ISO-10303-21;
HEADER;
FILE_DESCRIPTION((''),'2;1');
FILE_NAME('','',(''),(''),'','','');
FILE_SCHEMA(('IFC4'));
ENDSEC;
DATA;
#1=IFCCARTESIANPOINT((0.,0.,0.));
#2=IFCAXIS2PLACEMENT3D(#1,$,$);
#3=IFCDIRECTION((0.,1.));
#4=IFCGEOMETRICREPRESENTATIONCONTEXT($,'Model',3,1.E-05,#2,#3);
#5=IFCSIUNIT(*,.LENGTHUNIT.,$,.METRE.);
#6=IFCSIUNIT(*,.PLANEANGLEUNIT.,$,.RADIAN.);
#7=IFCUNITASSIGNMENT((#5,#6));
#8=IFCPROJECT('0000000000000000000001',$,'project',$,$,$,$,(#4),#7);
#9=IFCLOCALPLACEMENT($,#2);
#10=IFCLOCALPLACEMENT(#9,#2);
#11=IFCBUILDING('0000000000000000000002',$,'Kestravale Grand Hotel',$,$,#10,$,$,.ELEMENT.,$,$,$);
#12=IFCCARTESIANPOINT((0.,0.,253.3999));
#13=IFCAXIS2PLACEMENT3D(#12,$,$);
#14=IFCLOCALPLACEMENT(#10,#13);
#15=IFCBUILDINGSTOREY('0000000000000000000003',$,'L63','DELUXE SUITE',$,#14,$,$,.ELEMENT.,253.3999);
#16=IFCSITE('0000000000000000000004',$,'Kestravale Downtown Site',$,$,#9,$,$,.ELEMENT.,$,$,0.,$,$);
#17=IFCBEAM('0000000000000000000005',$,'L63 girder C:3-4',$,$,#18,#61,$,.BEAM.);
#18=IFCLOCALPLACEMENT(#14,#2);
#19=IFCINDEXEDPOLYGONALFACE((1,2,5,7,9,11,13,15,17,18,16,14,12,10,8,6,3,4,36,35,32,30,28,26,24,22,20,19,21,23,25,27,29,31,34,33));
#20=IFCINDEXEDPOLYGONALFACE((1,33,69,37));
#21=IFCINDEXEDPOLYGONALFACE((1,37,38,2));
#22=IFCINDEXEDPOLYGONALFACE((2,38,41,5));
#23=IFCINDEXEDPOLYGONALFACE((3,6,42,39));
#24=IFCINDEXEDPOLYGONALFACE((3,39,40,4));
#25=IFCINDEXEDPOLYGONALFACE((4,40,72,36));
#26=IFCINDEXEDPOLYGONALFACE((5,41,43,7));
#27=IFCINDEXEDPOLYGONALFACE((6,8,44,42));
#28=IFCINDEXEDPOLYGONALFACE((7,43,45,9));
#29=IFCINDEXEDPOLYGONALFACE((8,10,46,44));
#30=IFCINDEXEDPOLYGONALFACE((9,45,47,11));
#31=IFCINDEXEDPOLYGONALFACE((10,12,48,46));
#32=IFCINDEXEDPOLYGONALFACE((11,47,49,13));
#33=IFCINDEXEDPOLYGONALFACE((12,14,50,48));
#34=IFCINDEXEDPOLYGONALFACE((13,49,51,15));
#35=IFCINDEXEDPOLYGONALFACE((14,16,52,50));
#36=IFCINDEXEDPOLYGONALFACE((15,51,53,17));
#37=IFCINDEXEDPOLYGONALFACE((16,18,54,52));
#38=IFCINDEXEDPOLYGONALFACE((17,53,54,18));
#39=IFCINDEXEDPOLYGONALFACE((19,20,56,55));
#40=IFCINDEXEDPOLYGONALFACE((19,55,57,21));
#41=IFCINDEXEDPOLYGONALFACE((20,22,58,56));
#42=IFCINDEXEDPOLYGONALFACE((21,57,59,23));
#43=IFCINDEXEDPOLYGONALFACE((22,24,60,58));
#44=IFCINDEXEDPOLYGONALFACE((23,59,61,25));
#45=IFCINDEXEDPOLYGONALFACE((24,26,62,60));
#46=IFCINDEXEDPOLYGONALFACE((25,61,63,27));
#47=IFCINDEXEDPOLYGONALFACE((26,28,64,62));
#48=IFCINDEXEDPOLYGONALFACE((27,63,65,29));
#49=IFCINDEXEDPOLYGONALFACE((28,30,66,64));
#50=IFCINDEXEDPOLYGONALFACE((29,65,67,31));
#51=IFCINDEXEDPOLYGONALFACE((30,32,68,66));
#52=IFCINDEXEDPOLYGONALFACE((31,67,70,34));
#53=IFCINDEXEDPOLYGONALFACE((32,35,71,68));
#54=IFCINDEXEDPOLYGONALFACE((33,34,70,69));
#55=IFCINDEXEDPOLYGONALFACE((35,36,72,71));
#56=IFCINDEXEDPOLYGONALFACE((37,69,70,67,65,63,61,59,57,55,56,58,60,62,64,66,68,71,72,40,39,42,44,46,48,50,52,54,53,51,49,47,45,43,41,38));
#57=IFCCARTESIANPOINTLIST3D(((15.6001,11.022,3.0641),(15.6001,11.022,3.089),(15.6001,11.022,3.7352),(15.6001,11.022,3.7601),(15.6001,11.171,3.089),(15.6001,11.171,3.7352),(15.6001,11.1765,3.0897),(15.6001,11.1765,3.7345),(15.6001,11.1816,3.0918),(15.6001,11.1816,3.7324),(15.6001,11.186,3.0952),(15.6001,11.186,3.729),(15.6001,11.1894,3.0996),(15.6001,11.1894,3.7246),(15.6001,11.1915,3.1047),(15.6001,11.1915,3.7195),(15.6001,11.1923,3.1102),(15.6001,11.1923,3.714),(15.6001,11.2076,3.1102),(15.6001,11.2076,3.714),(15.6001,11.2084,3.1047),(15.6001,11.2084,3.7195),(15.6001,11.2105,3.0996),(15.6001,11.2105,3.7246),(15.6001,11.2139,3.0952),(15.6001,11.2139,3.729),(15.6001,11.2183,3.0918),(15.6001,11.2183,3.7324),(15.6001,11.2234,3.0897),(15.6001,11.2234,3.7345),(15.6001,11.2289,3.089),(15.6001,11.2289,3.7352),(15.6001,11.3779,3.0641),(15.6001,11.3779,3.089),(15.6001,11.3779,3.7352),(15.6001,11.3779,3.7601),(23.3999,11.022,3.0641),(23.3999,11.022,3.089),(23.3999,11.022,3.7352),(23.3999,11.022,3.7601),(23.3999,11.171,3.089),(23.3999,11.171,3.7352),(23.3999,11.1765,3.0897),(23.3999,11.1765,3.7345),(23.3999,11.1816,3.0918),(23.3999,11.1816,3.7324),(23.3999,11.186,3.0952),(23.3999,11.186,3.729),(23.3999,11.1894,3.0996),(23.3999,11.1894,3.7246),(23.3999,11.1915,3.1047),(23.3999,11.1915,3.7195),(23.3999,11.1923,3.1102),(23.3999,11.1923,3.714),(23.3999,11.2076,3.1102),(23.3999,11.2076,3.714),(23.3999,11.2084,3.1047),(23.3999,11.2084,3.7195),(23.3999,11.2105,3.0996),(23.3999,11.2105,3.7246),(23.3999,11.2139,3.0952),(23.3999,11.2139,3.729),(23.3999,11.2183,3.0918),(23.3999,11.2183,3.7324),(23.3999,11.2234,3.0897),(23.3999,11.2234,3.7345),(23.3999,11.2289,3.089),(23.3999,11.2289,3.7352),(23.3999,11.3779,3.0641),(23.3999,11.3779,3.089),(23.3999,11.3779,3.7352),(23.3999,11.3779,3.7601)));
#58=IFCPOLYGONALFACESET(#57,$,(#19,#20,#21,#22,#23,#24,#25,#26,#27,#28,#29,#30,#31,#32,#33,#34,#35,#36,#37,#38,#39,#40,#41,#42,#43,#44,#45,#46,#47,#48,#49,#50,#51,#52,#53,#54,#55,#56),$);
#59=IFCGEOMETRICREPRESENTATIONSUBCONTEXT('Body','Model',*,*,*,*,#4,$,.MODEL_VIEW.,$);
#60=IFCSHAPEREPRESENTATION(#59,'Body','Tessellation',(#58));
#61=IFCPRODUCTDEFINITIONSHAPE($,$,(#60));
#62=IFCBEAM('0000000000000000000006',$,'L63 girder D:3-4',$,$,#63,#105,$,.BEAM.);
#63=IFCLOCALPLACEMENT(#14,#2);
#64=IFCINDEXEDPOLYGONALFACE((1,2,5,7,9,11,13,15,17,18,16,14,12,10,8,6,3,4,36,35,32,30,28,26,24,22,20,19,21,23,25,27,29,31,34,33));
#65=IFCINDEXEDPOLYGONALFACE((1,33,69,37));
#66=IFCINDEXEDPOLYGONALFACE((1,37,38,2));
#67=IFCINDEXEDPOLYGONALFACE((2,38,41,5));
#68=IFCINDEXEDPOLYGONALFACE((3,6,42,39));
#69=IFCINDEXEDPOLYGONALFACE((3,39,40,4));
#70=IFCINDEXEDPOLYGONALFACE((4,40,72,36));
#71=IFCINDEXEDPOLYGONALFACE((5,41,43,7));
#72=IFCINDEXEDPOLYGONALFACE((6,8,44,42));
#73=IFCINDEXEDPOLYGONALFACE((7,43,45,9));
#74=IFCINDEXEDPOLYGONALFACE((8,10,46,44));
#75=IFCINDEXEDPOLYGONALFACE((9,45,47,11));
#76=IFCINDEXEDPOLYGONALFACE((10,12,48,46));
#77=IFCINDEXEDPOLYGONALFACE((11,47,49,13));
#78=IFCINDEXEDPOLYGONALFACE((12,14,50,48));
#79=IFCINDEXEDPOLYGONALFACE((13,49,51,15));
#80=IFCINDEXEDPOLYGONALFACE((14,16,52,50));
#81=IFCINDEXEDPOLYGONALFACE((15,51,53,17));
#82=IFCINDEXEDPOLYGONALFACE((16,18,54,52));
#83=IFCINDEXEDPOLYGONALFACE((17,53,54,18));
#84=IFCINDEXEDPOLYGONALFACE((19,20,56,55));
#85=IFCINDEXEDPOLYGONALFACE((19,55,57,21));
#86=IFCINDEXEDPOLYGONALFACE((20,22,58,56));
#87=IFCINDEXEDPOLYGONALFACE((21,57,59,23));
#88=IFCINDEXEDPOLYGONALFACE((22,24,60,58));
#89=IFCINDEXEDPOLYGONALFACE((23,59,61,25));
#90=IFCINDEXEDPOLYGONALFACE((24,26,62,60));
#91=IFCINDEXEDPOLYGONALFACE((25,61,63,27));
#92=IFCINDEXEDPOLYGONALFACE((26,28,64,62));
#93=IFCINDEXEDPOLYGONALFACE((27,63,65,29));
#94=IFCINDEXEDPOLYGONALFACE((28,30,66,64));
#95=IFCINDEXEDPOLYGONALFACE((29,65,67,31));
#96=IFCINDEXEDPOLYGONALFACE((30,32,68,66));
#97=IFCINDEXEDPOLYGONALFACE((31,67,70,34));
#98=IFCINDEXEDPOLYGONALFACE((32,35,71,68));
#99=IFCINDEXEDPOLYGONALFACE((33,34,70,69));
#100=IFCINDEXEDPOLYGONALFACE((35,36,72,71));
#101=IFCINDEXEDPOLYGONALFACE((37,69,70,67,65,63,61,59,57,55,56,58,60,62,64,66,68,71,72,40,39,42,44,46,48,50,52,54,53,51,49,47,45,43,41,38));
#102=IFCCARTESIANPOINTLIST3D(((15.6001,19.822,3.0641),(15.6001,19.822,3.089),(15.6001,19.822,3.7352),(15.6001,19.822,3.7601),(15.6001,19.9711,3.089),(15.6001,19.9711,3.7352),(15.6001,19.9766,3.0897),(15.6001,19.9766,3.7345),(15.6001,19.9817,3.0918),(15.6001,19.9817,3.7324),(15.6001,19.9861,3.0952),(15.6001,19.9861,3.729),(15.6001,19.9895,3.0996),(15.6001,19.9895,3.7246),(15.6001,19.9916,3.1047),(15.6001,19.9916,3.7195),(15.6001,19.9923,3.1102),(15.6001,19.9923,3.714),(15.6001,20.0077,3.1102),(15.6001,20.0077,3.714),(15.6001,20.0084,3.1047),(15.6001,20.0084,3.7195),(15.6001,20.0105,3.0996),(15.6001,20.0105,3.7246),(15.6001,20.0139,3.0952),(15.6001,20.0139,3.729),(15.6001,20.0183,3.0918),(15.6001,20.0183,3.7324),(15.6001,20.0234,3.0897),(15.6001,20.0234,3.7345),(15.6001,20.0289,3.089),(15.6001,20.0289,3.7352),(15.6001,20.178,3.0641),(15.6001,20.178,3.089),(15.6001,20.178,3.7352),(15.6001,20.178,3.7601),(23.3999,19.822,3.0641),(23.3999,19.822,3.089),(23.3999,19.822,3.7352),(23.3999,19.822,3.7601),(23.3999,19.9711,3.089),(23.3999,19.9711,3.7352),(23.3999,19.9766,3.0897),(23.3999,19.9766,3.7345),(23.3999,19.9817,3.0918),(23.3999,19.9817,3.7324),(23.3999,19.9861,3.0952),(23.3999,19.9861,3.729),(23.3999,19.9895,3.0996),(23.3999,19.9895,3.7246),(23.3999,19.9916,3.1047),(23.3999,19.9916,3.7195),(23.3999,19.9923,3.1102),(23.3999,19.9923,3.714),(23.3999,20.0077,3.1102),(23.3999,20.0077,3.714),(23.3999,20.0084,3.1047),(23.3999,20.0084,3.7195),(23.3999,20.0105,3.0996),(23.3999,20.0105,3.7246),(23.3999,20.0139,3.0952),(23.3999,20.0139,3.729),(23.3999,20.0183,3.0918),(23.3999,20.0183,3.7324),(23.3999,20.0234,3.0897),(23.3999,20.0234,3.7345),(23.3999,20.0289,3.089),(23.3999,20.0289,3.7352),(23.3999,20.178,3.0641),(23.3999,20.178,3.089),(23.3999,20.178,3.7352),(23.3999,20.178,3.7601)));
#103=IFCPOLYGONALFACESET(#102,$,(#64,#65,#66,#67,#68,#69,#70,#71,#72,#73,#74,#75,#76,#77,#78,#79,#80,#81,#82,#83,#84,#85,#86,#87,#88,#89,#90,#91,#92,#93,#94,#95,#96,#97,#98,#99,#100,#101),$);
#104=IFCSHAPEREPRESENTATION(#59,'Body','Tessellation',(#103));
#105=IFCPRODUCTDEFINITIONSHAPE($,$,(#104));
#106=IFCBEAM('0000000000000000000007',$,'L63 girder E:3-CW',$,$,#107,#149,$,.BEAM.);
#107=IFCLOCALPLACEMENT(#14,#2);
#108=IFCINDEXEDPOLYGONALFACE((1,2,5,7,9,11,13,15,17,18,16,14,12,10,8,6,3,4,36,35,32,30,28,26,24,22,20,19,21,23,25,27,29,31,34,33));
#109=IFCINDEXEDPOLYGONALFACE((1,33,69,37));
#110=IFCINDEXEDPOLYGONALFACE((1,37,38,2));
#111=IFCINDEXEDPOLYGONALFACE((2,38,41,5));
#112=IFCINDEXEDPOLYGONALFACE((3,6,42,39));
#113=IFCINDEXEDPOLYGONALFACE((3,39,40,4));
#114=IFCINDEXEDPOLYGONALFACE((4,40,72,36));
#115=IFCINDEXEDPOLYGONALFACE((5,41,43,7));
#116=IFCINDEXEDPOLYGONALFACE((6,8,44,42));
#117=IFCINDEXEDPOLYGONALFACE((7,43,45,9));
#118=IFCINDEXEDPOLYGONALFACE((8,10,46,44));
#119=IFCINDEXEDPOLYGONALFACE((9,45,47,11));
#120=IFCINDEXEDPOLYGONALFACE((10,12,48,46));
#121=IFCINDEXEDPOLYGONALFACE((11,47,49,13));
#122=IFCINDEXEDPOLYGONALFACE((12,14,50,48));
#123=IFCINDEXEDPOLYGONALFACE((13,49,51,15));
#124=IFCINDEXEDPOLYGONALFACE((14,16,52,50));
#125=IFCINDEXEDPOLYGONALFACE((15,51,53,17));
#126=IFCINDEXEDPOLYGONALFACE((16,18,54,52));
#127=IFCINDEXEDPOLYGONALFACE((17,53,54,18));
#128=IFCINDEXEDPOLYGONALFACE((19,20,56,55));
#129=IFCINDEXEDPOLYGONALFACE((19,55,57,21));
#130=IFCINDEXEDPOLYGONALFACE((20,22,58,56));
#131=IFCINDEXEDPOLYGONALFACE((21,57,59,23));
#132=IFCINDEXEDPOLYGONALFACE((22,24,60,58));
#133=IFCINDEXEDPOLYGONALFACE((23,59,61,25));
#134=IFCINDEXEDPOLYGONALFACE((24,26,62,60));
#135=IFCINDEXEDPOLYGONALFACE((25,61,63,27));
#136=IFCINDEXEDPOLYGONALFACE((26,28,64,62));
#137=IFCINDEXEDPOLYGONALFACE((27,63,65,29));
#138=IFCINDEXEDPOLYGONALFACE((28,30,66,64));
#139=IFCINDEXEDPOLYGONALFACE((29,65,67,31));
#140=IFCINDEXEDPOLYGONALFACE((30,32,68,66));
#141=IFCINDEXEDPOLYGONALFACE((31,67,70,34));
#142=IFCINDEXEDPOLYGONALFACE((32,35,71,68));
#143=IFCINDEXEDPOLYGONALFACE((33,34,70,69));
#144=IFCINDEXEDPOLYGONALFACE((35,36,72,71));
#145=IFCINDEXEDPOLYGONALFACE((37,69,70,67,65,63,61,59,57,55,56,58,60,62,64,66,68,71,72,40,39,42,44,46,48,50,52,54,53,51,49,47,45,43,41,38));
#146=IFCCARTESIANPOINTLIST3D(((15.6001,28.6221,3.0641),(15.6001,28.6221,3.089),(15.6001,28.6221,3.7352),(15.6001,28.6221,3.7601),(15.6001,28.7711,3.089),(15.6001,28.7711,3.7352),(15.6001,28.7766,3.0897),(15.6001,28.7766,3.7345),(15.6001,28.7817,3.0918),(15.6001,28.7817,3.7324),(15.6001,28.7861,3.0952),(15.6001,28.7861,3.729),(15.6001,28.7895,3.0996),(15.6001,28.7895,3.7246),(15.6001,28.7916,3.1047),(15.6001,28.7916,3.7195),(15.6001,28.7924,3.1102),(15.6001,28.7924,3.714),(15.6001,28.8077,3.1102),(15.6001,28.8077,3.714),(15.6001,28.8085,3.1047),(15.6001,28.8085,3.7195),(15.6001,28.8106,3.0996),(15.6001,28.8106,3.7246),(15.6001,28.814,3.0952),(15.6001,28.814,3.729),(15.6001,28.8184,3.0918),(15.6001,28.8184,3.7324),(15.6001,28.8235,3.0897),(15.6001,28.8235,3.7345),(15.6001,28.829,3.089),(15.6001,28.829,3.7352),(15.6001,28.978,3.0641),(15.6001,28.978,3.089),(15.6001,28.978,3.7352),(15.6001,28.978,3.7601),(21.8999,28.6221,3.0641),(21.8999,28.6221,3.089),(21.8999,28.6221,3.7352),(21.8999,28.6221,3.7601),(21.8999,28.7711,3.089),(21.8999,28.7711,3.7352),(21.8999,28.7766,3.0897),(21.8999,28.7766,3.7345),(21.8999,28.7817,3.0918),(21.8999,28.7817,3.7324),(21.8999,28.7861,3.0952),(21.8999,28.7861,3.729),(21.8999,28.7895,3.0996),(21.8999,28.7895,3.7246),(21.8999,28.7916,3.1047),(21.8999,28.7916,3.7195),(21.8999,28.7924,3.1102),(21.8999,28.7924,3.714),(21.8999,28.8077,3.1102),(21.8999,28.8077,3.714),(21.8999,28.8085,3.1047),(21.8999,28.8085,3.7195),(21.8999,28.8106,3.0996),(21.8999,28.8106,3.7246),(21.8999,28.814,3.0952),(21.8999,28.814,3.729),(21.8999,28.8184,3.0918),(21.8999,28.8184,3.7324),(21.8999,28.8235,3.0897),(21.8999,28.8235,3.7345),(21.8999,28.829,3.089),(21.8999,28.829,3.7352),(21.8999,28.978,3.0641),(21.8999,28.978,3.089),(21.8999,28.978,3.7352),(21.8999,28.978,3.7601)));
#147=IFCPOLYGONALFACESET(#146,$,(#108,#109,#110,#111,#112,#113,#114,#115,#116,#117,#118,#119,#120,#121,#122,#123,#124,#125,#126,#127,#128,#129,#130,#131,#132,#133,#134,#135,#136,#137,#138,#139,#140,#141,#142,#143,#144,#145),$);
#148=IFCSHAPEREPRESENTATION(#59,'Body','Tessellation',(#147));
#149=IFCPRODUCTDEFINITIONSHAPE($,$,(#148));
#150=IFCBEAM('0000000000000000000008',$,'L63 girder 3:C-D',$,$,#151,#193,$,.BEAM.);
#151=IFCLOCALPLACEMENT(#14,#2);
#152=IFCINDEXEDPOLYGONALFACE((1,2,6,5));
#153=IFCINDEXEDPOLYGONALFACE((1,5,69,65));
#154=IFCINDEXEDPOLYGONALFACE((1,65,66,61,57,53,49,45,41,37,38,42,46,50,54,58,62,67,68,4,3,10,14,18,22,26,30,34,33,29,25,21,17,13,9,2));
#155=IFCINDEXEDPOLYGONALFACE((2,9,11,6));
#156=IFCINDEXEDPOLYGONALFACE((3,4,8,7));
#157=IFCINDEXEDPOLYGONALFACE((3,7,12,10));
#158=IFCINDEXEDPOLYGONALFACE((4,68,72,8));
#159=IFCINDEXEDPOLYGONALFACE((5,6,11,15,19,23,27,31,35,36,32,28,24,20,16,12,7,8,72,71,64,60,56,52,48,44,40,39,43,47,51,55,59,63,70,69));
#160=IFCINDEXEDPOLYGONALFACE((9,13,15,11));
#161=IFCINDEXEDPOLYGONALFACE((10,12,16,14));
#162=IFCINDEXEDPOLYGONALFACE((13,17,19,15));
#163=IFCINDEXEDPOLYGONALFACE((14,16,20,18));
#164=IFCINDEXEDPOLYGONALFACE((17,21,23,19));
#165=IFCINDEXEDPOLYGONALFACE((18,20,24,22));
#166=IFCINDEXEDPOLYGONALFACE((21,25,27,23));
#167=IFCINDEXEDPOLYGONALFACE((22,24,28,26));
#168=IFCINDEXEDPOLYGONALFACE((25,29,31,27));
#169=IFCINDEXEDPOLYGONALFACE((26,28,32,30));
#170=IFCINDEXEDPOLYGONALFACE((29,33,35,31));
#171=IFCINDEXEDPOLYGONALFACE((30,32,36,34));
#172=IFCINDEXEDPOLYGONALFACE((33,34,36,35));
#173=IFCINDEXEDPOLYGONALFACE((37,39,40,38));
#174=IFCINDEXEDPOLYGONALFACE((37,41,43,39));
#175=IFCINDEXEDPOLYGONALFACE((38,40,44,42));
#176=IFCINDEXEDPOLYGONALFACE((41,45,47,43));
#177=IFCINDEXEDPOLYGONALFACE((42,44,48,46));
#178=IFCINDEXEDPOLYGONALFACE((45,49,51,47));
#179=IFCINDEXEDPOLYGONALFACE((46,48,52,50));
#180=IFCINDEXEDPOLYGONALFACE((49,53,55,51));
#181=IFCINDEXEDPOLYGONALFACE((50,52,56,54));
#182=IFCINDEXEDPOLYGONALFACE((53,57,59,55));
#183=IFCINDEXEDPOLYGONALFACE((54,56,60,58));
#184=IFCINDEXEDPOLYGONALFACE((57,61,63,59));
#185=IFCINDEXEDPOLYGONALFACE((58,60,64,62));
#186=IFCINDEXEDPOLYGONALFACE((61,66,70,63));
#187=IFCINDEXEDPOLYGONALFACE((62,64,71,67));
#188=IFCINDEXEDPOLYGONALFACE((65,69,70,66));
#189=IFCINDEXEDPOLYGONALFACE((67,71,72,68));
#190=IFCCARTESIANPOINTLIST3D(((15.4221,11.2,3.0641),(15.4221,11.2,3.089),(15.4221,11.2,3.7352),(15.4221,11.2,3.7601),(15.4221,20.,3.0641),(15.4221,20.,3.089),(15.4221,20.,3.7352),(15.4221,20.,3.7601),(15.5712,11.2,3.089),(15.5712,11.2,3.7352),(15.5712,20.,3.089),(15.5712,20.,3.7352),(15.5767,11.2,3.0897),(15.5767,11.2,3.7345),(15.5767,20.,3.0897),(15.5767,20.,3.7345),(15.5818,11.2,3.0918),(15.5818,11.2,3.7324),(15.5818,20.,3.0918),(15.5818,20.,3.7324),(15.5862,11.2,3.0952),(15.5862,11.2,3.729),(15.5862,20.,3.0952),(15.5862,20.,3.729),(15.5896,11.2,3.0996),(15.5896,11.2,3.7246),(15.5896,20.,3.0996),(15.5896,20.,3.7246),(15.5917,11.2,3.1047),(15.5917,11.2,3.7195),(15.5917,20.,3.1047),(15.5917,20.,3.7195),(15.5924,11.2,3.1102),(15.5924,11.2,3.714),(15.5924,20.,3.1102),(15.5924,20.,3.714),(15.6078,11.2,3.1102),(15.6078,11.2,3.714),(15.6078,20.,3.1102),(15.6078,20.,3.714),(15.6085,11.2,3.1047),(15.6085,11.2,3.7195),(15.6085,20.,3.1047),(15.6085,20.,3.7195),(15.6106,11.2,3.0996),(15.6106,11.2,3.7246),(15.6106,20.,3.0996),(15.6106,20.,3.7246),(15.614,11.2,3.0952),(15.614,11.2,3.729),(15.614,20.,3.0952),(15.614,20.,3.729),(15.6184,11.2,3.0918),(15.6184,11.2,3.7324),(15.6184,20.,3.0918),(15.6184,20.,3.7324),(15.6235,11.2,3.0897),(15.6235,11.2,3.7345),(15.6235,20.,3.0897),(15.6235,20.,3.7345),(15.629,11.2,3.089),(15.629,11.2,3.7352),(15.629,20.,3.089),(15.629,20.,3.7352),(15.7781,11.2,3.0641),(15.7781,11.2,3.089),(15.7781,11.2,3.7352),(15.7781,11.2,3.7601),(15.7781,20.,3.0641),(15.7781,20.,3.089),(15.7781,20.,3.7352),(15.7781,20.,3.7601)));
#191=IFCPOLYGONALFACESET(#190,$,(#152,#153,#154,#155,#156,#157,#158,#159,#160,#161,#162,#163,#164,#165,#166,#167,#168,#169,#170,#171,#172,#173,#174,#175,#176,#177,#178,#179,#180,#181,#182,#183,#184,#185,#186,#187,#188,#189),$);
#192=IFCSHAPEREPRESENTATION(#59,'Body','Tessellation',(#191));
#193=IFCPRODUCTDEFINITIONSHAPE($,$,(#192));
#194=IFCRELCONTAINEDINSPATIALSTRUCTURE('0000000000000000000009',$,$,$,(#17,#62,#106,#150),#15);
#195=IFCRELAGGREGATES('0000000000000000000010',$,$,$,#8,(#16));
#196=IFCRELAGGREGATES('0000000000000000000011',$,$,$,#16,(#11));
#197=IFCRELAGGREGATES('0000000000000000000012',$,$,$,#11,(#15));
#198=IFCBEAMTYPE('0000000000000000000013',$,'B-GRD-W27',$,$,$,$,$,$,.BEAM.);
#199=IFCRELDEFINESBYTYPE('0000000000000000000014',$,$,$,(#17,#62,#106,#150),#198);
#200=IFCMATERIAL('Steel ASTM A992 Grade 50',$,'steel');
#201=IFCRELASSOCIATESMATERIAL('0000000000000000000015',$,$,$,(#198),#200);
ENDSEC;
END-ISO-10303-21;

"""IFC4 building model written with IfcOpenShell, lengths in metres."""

from ifc_helpers import new_model, si_unit, direction, frame, origin, origin_2d, place, context, subcontext, project, spatial, i_section, extrude, material, material_profile, profile_set, type_object, element, save


model = new_model("IFC4")

# Units and contexts
model_context = context("Model", 3, precision=1e-05, world=origin(), true_north=direction((0.0, 1.0)))
body_context = subcontext(model_context, "Body", "Model", "MODEL_VIEW")
ifc_project = project(units=[si_unit("LENGTHUNIT", "METRE"), si_unit("PLANEANGLEUNIT", "RADIAN")], contexts=[model_context])

# Site, building, storey
site_placement = place(None, origin())
site = spatial("IfcSite", under=ifc_project, at=site_placement, Name="Kestravale Downtown Site", CompositionType="ELEMENT", RefElevation=0.0)
building_placement = place(site_placement, origin())
building = spatial("IfcBuilding", under=site, at=building_placement, Name="Kestravale Grand Hotel", CompositionType="ELEMENT")
storey_placement = place(building_placement, frame((0.0, 0.0, 253.3999)))
storey = spatial("IfcBuildingStorey", under=building, at=storey_placement, Name="L63", Description="DELUXE SUITE", CompositionType="ELEMENT", Elevation=253.3999)

# Beams
ifc_material_1 = material(Name="Steel ASTM A992 Grade 50", Category="steel")
ifc_material_profile_1 = material_profile(ifc_material_1, i_section(OverallWidth=0.356, OverallDepth=0.696, WebThickness=0.0154, FlangeThickness=0.0249, FilletRadius=0.0212, at=origin_2d()))
ifc_profile_set_1 = profile_set([ifc_material_profile_1], Name="Steel ASTM A992 Grade 50")
beam_type_1 = type_object("IfcBeamType", Name="B-GRD-W27", PredefinedType="BEAM", material=ifc_profile_set_1)
for number, where, z_axis, x_axis, name in (
    (1, (15.6001, 11.2, 3.4121), (1.0, 0.0, 0.0), (0.0, 1.0, 0.0), "L63 girder C:3-4"),
    (2, (15.6001, 20.0, 3.4121), (1.0, 0.0, 0.0), (0.0, 1.0, 0.0), "L63 girder D:3-4"),
):
    element("IfcBeam", number, at=place(storey_placement, frame(where, z_axis=z_axis, x_axis=x_axis)), inside=storey, type_object=beam_type_1, Name=name, PredefinedType="BEAM", context=body_context, shape_type="SweptSolid", body=[
        extrude(i_section(OverallWidth=0.356, OverallDepth=0.696, WebThickness=0.0154, FlangeThickness=0.0249, FilletRadius=0.0212, at=origin_2d()), origin(), (0.0, 0.0, 1.0), 7.7998),
    ])
beam_1_placement = place(storey_placement, frame((15.6001, 28.8, 3.4121), z_axis=(1.0, 0.0, 0.0), x_axis=(0.0, 1.0, 0.0)))
element("IfcBeam", 3, at=beam_1_placement, inside=storey, type_object=beam_type_1, Name="L63 girder E:3-CW", PredefinedType="BEAM", context=body_context, shape_type="SweptSolid", body=[
    extrude(i_section(OverallWidth=0.356, OverallDepth=0.696, WebThickness=0.0154, FlangeThickness=0.0249, FilletRadius=0.0212, at=origin_2d()), origin(), (0.0, 0.0, 1.0), 6.2998),
])
for number, where, z_axis, x_axis, name in (
    (4, (15.6001, 11.2, 3.4121), (0.0, 1.0, 0.0), (-1.0, 0.0, 0.0), "L63 girder 3:C-D"),
):
    element("IfcBeam", number, at=place(storey_placement, frame(where, z_axis=z_axis, x_axis=x_axis)), inside=storey, type_object=beam_type_1, Name=name, PredefinedType="BEAM", context=body_context, shape_type="SweptSolid", body=[
        extrude(i_section(OverallWidth=0.356, OverallDepth=0.696, WebThickness=0.0154, FlangeThickness=0.0249, FilletRadius=0.0212, at=origin_2d()), origin(), (0.0, 0.0, 1.0), 8.8),
    ])

save(model, "model.ifc")
